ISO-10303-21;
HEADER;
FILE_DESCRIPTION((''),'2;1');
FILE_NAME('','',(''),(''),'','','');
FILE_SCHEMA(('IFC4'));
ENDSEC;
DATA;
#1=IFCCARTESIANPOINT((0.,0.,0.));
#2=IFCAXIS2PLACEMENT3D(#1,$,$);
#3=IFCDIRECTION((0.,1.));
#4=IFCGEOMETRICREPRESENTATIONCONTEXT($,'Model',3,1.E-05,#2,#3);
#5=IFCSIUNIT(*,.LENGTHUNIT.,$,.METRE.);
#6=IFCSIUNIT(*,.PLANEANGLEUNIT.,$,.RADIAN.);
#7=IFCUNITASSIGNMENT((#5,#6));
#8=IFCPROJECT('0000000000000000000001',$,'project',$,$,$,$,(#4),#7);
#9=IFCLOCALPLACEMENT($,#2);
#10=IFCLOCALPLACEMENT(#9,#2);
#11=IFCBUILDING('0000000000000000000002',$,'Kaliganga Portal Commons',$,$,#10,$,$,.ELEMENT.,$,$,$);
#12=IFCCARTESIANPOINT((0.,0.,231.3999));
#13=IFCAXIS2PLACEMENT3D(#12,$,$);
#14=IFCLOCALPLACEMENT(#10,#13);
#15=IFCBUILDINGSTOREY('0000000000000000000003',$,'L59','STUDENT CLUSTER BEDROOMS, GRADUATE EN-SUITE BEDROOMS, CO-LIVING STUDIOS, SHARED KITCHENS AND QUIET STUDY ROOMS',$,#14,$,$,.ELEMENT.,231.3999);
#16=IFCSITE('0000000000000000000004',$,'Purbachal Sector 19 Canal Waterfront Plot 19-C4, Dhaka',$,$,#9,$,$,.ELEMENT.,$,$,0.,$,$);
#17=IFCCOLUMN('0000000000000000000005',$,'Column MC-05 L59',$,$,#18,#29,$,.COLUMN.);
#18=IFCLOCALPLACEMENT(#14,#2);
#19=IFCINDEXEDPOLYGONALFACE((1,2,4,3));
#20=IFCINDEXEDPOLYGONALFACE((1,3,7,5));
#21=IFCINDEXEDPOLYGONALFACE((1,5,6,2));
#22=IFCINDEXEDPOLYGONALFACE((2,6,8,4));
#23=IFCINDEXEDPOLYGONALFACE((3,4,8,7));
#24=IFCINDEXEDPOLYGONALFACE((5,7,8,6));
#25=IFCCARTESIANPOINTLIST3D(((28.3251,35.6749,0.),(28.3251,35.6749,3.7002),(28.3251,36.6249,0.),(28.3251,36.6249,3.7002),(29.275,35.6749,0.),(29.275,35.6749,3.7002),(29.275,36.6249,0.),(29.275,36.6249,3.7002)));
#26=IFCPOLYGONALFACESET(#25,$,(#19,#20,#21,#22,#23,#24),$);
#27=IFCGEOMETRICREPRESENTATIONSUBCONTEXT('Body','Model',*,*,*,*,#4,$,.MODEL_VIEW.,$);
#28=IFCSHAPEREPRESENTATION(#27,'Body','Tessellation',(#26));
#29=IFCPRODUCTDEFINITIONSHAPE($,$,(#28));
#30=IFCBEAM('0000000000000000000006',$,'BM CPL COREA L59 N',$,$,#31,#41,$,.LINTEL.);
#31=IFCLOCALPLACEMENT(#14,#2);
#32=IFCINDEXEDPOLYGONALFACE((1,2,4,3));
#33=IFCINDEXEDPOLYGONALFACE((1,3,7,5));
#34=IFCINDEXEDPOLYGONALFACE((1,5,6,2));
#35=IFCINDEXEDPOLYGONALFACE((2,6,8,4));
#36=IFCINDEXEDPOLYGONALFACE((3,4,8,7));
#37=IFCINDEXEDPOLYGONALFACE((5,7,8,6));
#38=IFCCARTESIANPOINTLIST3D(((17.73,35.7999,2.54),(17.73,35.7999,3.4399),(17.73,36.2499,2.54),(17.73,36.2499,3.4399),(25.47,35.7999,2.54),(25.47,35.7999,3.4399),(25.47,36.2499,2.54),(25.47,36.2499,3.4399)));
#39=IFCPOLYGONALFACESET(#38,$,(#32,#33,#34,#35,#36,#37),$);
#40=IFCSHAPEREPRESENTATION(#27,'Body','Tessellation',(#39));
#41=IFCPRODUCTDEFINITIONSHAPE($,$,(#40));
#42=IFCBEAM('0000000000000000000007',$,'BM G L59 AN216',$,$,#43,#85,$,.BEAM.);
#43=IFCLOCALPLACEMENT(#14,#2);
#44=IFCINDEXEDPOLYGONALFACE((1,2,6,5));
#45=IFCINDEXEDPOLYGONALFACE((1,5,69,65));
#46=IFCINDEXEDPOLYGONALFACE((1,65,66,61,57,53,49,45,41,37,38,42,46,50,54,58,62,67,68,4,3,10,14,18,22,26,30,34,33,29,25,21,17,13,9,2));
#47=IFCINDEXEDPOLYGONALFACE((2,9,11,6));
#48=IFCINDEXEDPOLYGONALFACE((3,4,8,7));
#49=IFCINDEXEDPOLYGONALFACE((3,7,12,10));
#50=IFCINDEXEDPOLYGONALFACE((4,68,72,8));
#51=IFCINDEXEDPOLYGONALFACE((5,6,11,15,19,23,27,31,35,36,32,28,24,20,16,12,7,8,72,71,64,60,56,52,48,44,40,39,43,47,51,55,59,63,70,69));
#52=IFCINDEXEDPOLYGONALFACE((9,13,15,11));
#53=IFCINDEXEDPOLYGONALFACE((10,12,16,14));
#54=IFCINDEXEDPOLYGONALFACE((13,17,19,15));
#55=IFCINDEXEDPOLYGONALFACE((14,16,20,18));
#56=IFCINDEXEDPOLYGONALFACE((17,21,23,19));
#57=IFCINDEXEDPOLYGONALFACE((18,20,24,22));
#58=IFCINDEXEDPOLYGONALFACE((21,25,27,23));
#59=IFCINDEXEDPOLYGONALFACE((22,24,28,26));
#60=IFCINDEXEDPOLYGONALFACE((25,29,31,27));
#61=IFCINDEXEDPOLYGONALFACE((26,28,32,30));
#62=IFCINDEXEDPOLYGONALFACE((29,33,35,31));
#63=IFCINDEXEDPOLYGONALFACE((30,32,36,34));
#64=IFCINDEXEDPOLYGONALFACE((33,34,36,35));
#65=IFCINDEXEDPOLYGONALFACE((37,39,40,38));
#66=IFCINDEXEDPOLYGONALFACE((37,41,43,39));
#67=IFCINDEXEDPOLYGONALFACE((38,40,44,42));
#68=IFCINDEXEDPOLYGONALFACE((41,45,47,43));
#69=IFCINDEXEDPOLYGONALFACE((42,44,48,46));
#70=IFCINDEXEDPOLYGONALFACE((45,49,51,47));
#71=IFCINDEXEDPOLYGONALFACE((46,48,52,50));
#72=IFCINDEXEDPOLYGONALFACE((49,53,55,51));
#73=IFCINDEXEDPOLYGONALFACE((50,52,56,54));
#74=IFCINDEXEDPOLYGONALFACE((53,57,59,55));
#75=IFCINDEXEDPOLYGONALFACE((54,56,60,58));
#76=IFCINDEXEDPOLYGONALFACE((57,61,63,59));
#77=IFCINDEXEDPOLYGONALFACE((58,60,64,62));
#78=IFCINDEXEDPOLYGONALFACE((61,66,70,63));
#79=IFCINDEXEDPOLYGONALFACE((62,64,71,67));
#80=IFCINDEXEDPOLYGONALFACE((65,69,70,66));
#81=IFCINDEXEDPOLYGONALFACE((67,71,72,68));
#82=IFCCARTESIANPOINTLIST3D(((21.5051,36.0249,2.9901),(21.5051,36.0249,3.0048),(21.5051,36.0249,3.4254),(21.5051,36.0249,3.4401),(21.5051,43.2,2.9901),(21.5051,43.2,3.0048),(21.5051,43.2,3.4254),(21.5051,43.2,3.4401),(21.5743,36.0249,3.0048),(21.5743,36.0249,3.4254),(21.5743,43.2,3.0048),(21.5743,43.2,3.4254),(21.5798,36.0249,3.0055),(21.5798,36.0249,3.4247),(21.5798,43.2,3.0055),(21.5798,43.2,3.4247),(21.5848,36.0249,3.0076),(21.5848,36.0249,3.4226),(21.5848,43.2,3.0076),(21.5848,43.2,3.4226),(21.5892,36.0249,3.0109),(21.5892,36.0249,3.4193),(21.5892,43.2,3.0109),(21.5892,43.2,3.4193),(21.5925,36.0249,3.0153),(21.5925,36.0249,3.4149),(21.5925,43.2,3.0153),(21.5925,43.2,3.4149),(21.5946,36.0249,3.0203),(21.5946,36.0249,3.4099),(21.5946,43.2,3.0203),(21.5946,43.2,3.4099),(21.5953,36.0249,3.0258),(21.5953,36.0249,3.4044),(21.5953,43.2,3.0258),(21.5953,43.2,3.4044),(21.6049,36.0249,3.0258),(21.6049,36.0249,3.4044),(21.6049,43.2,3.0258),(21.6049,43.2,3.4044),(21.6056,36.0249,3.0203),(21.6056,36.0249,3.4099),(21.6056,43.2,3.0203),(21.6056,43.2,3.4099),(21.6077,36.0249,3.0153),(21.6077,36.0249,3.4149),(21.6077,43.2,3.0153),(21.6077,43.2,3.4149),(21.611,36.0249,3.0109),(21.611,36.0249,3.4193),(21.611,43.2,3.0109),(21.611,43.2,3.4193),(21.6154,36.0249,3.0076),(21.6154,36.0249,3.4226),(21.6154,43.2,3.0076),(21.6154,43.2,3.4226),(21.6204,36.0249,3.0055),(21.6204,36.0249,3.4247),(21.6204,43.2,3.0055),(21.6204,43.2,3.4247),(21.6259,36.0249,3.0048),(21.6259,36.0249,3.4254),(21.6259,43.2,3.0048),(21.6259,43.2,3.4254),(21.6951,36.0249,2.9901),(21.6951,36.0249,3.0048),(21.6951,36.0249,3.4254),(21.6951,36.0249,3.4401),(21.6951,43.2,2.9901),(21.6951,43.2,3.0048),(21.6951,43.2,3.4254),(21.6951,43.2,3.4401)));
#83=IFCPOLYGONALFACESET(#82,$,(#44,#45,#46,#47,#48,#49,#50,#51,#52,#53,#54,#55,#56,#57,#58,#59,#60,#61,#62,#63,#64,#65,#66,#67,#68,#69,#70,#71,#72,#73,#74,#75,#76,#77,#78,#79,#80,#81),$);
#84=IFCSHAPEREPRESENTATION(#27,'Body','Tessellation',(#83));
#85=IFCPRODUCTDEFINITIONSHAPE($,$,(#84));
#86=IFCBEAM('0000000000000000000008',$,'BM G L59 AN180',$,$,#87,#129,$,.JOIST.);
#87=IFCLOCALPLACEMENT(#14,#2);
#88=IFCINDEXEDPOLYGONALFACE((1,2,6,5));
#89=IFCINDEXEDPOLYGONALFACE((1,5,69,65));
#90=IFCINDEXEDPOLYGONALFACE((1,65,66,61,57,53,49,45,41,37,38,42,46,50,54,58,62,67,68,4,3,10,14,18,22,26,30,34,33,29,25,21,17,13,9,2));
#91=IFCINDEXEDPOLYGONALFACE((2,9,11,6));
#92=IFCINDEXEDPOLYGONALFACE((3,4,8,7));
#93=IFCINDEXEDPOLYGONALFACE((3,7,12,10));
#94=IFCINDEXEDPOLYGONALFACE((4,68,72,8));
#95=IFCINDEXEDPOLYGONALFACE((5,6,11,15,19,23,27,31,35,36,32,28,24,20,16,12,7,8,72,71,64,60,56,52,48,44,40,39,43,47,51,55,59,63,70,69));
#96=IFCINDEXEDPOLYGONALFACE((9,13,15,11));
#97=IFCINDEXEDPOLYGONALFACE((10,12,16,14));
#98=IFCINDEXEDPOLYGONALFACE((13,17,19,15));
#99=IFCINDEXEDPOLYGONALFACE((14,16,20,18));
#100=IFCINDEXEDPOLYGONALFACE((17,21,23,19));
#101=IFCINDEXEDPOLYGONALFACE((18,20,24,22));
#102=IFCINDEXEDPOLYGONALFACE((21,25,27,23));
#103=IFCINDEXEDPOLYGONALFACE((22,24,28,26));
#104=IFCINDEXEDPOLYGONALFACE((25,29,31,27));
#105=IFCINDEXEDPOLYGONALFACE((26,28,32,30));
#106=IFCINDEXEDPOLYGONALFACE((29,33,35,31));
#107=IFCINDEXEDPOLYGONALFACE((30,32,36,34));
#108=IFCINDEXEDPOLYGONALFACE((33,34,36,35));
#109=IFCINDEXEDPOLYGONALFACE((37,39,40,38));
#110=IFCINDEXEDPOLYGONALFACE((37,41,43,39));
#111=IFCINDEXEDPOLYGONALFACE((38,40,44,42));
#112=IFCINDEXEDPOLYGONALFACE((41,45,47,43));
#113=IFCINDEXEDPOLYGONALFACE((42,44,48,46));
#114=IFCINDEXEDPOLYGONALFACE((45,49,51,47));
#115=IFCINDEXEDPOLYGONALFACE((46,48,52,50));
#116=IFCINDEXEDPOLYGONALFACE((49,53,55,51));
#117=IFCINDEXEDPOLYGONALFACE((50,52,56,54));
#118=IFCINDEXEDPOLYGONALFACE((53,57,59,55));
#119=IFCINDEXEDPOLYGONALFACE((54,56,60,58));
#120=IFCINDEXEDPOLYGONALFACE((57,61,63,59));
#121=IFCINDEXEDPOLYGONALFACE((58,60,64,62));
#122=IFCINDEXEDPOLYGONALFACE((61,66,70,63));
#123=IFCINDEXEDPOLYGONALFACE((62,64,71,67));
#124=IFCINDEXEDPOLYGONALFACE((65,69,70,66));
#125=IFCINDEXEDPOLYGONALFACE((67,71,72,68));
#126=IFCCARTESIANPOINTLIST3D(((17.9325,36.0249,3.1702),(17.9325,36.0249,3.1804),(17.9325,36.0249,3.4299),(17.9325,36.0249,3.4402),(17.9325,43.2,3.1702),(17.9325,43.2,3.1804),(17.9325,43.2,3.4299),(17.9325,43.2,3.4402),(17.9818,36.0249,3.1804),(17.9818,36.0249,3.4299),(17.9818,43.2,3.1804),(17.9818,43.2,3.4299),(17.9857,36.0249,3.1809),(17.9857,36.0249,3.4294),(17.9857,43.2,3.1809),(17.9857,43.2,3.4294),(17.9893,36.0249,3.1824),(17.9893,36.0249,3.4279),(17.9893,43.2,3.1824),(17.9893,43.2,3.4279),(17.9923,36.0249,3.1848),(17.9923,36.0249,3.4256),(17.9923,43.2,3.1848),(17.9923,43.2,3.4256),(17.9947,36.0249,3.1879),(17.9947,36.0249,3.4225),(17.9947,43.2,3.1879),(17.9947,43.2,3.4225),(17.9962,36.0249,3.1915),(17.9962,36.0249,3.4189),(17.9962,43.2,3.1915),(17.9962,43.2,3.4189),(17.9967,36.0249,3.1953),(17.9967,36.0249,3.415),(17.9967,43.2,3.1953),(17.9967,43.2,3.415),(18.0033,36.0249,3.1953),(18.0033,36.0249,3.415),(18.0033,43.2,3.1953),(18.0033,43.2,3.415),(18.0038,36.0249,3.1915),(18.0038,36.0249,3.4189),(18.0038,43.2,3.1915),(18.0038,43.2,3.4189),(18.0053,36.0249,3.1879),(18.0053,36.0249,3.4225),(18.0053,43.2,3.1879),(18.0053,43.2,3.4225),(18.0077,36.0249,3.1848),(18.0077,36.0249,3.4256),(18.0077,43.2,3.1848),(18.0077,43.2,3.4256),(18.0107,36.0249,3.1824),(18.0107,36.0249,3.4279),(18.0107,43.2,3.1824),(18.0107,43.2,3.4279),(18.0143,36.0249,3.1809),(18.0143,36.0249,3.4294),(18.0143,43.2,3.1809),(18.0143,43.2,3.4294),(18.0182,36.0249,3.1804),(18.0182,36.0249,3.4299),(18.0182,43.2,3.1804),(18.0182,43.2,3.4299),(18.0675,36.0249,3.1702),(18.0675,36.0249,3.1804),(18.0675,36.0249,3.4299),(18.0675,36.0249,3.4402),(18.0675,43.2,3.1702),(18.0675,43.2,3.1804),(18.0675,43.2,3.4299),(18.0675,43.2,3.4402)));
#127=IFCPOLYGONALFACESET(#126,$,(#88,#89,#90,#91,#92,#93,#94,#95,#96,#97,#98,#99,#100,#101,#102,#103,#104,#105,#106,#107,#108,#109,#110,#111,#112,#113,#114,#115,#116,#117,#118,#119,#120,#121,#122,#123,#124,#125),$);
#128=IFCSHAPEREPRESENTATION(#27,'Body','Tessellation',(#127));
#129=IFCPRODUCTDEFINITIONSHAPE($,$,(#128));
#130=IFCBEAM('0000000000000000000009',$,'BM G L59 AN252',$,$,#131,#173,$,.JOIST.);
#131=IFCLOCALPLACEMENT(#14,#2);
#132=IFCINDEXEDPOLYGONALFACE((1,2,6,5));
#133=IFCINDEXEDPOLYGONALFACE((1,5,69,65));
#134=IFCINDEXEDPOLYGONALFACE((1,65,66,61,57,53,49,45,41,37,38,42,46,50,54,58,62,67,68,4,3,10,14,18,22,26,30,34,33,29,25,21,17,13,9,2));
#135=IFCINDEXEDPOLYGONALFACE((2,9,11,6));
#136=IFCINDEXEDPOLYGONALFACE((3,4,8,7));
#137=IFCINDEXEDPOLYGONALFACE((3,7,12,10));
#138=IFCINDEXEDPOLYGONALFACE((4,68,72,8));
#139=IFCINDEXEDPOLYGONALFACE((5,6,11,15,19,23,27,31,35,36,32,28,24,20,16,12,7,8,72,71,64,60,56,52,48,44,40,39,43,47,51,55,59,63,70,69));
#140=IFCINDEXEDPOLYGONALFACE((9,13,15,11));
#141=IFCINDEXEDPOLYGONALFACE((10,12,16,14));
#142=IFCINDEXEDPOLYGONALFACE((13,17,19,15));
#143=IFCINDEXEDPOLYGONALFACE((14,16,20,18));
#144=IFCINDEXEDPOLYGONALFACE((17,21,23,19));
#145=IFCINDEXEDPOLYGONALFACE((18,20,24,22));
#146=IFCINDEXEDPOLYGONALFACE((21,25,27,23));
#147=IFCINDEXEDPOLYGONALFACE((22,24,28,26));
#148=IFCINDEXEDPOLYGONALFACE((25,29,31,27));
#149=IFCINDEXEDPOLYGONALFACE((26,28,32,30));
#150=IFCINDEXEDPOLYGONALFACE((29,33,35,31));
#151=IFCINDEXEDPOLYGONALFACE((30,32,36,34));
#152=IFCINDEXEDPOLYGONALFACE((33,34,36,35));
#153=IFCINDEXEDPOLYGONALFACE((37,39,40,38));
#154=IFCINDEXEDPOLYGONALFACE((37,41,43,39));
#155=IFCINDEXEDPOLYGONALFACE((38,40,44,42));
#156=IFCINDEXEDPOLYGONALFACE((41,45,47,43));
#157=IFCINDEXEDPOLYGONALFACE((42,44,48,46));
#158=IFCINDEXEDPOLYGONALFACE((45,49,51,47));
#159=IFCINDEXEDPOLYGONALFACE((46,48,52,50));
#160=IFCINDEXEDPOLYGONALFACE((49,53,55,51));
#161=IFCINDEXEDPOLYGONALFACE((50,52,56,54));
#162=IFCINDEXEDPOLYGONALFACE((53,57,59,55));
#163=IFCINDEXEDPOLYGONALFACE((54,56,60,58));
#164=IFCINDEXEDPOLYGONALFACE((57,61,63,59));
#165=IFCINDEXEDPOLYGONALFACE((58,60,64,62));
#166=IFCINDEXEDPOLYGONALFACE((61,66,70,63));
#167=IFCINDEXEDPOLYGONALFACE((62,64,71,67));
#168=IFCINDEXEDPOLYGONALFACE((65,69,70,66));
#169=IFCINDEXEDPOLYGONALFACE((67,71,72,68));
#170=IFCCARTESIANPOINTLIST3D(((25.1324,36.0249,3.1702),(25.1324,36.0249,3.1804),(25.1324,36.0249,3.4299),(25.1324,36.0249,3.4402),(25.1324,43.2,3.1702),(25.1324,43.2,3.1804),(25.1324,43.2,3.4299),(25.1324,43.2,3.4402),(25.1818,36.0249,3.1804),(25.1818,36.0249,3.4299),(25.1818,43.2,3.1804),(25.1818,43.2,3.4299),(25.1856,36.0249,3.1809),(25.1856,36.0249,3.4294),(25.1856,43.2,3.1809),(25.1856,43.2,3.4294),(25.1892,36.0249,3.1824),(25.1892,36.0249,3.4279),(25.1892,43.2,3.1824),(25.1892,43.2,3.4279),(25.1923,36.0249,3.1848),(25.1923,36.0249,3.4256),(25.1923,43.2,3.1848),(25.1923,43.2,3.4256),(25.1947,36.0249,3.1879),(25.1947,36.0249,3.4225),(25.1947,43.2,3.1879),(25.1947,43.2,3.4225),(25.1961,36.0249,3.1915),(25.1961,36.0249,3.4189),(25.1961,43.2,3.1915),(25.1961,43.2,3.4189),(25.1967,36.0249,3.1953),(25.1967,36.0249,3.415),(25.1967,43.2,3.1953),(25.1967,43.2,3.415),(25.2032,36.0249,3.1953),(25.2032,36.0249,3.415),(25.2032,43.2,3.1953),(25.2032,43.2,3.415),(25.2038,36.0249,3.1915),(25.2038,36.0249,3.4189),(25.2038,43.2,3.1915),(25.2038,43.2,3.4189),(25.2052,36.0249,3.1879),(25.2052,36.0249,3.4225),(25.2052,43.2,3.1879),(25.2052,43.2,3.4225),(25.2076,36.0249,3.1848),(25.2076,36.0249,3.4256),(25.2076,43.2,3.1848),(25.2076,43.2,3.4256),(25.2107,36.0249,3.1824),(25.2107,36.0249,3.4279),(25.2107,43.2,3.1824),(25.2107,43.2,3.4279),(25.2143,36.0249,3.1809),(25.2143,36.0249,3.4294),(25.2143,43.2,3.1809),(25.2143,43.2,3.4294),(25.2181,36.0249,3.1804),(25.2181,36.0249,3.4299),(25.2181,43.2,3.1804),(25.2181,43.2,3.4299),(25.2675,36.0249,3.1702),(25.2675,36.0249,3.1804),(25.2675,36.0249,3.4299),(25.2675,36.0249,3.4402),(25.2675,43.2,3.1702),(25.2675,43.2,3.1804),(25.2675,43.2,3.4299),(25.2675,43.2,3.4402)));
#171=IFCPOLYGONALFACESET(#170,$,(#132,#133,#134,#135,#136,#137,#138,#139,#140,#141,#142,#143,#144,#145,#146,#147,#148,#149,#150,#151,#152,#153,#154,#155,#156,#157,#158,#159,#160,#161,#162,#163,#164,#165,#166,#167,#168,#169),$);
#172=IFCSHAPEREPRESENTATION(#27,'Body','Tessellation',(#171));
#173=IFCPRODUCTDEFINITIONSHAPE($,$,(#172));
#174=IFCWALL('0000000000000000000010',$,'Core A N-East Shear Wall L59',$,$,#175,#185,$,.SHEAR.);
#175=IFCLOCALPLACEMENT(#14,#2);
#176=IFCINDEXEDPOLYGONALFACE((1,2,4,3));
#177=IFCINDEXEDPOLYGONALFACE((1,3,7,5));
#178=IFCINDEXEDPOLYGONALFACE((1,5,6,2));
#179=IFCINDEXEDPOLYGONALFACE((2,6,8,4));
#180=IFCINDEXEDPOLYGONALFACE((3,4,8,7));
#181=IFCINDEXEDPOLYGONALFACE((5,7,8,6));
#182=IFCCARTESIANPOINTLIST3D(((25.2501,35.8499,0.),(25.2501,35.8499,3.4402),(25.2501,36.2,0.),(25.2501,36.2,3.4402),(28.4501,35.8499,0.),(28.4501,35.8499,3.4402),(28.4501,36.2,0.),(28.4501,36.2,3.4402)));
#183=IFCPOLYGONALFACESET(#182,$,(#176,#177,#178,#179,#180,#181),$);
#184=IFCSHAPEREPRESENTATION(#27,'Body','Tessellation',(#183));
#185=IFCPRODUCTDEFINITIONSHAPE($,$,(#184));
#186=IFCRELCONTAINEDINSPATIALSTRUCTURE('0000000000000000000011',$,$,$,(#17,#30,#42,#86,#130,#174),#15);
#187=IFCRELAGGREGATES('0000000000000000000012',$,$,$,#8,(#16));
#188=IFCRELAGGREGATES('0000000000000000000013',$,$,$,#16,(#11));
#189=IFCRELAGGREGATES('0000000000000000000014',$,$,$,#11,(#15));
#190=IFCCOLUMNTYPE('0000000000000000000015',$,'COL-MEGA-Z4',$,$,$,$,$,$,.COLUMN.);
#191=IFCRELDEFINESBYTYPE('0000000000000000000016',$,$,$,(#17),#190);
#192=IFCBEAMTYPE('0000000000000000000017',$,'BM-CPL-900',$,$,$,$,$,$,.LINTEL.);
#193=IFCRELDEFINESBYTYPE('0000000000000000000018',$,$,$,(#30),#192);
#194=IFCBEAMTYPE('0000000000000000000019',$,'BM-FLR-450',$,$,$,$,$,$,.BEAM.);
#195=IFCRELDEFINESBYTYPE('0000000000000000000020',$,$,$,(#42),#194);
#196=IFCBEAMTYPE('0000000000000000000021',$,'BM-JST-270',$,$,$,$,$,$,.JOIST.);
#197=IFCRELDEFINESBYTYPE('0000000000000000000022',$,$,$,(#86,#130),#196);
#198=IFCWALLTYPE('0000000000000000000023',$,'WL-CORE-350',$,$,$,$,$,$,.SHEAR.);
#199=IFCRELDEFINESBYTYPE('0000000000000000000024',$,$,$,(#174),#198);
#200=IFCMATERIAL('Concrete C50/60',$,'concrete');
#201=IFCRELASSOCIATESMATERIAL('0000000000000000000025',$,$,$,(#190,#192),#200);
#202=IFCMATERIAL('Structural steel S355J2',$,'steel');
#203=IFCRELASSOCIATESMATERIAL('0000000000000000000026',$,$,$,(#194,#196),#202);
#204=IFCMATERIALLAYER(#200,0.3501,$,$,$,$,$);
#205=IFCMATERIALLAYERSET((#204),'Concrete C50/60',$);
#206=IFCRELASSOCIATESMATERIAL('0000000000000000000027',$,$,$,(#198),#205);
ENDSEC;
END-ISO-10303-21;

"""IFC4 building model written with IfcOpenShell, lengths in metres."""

from ifc_helpers import new_model, si_unit, direction, frame, frame_2d, origin, origin_2d, place, context, subcontext, project, spatial, rectangle, i_section, extrude, source, transform, mapped, material, layer, layer_set, material_profile, profile_set, type_object, element, save


model = new_model("IFC4")

# Units and contexts
model_context = context("Model", 3, precision=1e-05, world=origin(), true_north=direction((0.0, 1.0)))
body_context = subcontext(model_context, "Body", "Model", "MODEL_VIEW")
ifc_project = project(units=[si_unit("LENGTHUNIT", "METRE"), si_unit("PLANEANGLEUNIT", "RADIAN")], contexts=[model_context])

# Site, building, storey
site_placement = place(None, origin())
site = spatial("IfcSite", under=ifc_project, at=site_placement, Name="Purbachal Sector 19 Canal Waterfront Plot 19-C4, Dhaka", CompositionType="ELEMENT", RefElevation=0.0)
building_placement = place(site_placement, origin())
building = spatial("IfcBuilding", under=site, at=building_placement, Name="Kaliganga Portal Commons", CompositionType="ELEMENT")
storey_placement = place(building_placement, frame((0.0, 0.0, 231.3999)))
storey = spatial("IfcBuildingStorey", under=building, at=storey_placement, Name="L59", Description="STUDENT CLUSTER BEDROOMS, GRADUATE EN-SUITE BEDROOMS, CO-LIVING STUDIOS, SHARED KITCHENS AND QUIET STUDY ROOMS", CompositionType="ELEMENT", Elevation=231.3999)

# Column
ifc_material_1 = material(Name="Concrete C50/60", Category="concrete")
ifc_material_profile_1 = material_profile(ifc_material_1, rectangle(XDim=0.95, YDim=0.95, at=origin_2d()), Name="RC 950x950")
ifc_profile_set_1 = profile_set([ifc_material_profile_1], Name="Concrete C50/60")
column_type = type_object("IfcColumnType", Name="COL-MEGA-Z4", PredefinedType="COLUMN", material=ifc_profile_set_1)
shared_shape_1 = source(origin(), body_context, "Body", "SweptSolid", [
    extrude(rectangle(XDim=0.95, YDim=0.95, at=origin_2d()), origin(), (0.0, 0.0, 1.0), 3.7002),
])
column_placement = place(storey_placement, frame((28.8, 36.1499, 0.0), z_axis=(0.0, 0.0, 1.0), x_axis=(1.0, 0.0, 0.0)))
element("IfcColumn", 1, at=column_placement, inside=storey, type_object=column_type, Name="Column MC-05 L59", PredefinedType="COLUMN", context=body_context, shape_type="MappedRepresentation", body=[
    mapped(shared_shape_1, transform((0.0, 0.0, 0.0), x_axis=(1.0, 0.0, 0.0), y_axis=(0.0, 1.0, 0.0), z_axis=(0.0, 0.0, 1.0), scale=1.0)),
])

# Beams
ifc_material_profile_2 = material_profile(ifc_material_1, rectangle(XDim=0.45, YDim=0.8999, at=origin_2d()), Name="RC 450x900")
ifc_profile_set_2 = profile_set([ifc_material_profile_2], Name="Concrete C50/60")
beam_type_1 = type_object("IfcBeamType", Name="BM-CPL-900", PredefinedType="LINTEL", material=ifc_profile_set_2)
shared_shape_2 = source(origin(), body_context, "Body", "SweptSolid", [
    extrude(rectangle(XDim=0.45, YDim=0.8999, at=origin_2d()), origin(), (0.0, 0.0, 1.0), 7.74),
])
beam_1_placement = place(storey_placement, frame((17.73, 36.0249, 2.99), z_axis=(1.0, 0.0, 0.0), x_axis=(0.0, 1.0, 0.0)))
element("IfcBeam", 2, at=beam_1_placement, inside=storey, type_object=beam_type_1, Name="BM CPL COREA L59 N", PredefinedType="LINTEL", context=body_context, shape_type="MappedRepresentation", body=[
    mapped(shared_shape_2, transform((0.0, 0.0, 0.0), x_axis=(1.0, 0.0, 0.0), y_axis=(0.0, 1.0, 0.0), z_axis=(0.0, 0.0, 1.0), scale=1.0)),
])
ifc_material_2 = material(Name="Structural steel S355J2", Category="steel")
ifc_material_profile_3 = material_profile(ifc_material_2, i_section(OverallWidth=0.1899, OverallDepth=0.45, WebThickness=0.0095, FlangeThickness=0.0146, FilletRadius=0.021, at=origin_2d()), Name="IPE 450")
ifc_profile_set_3 = profile_set([ifc_material_profile_3], Name="Structural steel S355J2 wide-flange")
beam_type_2 = type_object("IfcBeamType", Name="BM-FLR-450", PredefinedType="BEAM", material=ifc_profile_set_3)
shared_shape_3 = source(origin(), body_context, "Body", "SweptSolid", [
    extrude(i_section(OverallWidth=0.1899, OverallDepth=0.45, WebThickness=0.0095, FlangeThickness=0.0146, FilletRadius=0.021, at=origin_2d()), origin(), (0.0, 0.0, 1.0), 7.175),
])
beam_2_placement = place(storey_placement, frame((21.6001, 36.0249, 3.2151), z_axis=(0.0, 1.0, 0.0), x_axis=(-1.0, 0.0, 0.0)))
element("IfcBeam", 3, at=beam_2_placement, inside=storey, type_object=beam_type_2, Name="BM G L59 AN216", PredefinedType="BEAM", context=body_context, shape_type="MappedRepresentation", body=[
    mapped(shared_shape_3, transform((0.0, 0.0, 0.0), x_axis=(1.0, 0.0, 0.0), y_axis=(0.0, 1.0, 0.0), z_axis=(0.0, 0.0, 1.0), scale=1.0)),
])
ifc_material_profile_4 = material_profile(ifc_material_2, i_section(OverallWidth=0.135, OverallDepth=0.27, WebThickness=0.0066, FlangeThickness=0.0103, FilletRadius=0.0149, at=origin_2d()), Name="IPE 270")
ifc_profile_set_4 = profile_set([ifc_material_profile_4], Name="Structural steel S355J2 wide-flange")
beam_type_3 = type_object("IfcBeamType", Name="BM-JST-270", PredefinedType="JOIST", material=ifc_profile_set_4)
shared_shape_4 = source(origin(), body_context, "Body", "SweptSolid", [
    extrude(i_section(OverallWidth=0.135, OverallDepth=0.27, WebThickness=0.0066, FlangeThickness=0.0103, FilletRadius=0.0149, at=origin_2d()), origin(), (0.0, 0.0, 1.0), 7.175),
])
for number, where, z_axis, x_axis, name in (
    (4, (18.0, 36.0249, 3.3052), (0.0, 1.0, 0.0), (-1.0, 0.0, 0.0), "BM G L59 AN180"),
    (5, (25.2, 36.0249, 3.3052), (0.0, 1.0, 0.0), (-1.0, 0.0, 0.0), "BM G L59 AN252"),
):
    element("IfcBeam", number, at=place(storey_placement, frame(where, z_axis=z_axis, x_axis=x_axis)), inside=storey, type_object=beam_type_3, Name=name, PredefinedType="JOIST", context=body_context, shape_type="MappedRepresentation", body=[
        mapped(shared_shape_4, transform((0.0, 0.0, 0.0), x_axis=(1.0, 0.0, 0.0), y_axis=(0.0, 1.0, 0.0), z_axis=(0.0, 0.0, 1.0), scale=1.0)),
    ])

# Wall
ifc_layer_1 = layer(ifc_material_1, 0.3501)
ifc_layer_set_1 = layer_set([ifc_layer_1], Name="Concrete C50/60")
wall_type_1 = type_object("IfcWallType", Name="WL-CORE-350", PredefinedType="SHEAR", material=ifc_layer_set_1)
wall_1_placement = place(storey_placement, frame((25.25, 36.0249, 0.0), z_axis=(0.0, 0.0, 1.0), x_axis=(1.0, 0.0, 0.0)))
element("IfcWall", 6, at=wall_1_placement, inside=storey, type_object=wall_type_1, Name="Core A N-East Shear Wall L59", PredefinedType="SHEAR", context=body_context, shape_type="SweptSolid", body=[
    extrude(rectangle(XDim=3.2, YDim=0.3501, at=frame_2d((1.6001, 0.0))), origin(), (0.0, 0.0, 1.0), 3.4402),
])

save(model, "model.ifc")
